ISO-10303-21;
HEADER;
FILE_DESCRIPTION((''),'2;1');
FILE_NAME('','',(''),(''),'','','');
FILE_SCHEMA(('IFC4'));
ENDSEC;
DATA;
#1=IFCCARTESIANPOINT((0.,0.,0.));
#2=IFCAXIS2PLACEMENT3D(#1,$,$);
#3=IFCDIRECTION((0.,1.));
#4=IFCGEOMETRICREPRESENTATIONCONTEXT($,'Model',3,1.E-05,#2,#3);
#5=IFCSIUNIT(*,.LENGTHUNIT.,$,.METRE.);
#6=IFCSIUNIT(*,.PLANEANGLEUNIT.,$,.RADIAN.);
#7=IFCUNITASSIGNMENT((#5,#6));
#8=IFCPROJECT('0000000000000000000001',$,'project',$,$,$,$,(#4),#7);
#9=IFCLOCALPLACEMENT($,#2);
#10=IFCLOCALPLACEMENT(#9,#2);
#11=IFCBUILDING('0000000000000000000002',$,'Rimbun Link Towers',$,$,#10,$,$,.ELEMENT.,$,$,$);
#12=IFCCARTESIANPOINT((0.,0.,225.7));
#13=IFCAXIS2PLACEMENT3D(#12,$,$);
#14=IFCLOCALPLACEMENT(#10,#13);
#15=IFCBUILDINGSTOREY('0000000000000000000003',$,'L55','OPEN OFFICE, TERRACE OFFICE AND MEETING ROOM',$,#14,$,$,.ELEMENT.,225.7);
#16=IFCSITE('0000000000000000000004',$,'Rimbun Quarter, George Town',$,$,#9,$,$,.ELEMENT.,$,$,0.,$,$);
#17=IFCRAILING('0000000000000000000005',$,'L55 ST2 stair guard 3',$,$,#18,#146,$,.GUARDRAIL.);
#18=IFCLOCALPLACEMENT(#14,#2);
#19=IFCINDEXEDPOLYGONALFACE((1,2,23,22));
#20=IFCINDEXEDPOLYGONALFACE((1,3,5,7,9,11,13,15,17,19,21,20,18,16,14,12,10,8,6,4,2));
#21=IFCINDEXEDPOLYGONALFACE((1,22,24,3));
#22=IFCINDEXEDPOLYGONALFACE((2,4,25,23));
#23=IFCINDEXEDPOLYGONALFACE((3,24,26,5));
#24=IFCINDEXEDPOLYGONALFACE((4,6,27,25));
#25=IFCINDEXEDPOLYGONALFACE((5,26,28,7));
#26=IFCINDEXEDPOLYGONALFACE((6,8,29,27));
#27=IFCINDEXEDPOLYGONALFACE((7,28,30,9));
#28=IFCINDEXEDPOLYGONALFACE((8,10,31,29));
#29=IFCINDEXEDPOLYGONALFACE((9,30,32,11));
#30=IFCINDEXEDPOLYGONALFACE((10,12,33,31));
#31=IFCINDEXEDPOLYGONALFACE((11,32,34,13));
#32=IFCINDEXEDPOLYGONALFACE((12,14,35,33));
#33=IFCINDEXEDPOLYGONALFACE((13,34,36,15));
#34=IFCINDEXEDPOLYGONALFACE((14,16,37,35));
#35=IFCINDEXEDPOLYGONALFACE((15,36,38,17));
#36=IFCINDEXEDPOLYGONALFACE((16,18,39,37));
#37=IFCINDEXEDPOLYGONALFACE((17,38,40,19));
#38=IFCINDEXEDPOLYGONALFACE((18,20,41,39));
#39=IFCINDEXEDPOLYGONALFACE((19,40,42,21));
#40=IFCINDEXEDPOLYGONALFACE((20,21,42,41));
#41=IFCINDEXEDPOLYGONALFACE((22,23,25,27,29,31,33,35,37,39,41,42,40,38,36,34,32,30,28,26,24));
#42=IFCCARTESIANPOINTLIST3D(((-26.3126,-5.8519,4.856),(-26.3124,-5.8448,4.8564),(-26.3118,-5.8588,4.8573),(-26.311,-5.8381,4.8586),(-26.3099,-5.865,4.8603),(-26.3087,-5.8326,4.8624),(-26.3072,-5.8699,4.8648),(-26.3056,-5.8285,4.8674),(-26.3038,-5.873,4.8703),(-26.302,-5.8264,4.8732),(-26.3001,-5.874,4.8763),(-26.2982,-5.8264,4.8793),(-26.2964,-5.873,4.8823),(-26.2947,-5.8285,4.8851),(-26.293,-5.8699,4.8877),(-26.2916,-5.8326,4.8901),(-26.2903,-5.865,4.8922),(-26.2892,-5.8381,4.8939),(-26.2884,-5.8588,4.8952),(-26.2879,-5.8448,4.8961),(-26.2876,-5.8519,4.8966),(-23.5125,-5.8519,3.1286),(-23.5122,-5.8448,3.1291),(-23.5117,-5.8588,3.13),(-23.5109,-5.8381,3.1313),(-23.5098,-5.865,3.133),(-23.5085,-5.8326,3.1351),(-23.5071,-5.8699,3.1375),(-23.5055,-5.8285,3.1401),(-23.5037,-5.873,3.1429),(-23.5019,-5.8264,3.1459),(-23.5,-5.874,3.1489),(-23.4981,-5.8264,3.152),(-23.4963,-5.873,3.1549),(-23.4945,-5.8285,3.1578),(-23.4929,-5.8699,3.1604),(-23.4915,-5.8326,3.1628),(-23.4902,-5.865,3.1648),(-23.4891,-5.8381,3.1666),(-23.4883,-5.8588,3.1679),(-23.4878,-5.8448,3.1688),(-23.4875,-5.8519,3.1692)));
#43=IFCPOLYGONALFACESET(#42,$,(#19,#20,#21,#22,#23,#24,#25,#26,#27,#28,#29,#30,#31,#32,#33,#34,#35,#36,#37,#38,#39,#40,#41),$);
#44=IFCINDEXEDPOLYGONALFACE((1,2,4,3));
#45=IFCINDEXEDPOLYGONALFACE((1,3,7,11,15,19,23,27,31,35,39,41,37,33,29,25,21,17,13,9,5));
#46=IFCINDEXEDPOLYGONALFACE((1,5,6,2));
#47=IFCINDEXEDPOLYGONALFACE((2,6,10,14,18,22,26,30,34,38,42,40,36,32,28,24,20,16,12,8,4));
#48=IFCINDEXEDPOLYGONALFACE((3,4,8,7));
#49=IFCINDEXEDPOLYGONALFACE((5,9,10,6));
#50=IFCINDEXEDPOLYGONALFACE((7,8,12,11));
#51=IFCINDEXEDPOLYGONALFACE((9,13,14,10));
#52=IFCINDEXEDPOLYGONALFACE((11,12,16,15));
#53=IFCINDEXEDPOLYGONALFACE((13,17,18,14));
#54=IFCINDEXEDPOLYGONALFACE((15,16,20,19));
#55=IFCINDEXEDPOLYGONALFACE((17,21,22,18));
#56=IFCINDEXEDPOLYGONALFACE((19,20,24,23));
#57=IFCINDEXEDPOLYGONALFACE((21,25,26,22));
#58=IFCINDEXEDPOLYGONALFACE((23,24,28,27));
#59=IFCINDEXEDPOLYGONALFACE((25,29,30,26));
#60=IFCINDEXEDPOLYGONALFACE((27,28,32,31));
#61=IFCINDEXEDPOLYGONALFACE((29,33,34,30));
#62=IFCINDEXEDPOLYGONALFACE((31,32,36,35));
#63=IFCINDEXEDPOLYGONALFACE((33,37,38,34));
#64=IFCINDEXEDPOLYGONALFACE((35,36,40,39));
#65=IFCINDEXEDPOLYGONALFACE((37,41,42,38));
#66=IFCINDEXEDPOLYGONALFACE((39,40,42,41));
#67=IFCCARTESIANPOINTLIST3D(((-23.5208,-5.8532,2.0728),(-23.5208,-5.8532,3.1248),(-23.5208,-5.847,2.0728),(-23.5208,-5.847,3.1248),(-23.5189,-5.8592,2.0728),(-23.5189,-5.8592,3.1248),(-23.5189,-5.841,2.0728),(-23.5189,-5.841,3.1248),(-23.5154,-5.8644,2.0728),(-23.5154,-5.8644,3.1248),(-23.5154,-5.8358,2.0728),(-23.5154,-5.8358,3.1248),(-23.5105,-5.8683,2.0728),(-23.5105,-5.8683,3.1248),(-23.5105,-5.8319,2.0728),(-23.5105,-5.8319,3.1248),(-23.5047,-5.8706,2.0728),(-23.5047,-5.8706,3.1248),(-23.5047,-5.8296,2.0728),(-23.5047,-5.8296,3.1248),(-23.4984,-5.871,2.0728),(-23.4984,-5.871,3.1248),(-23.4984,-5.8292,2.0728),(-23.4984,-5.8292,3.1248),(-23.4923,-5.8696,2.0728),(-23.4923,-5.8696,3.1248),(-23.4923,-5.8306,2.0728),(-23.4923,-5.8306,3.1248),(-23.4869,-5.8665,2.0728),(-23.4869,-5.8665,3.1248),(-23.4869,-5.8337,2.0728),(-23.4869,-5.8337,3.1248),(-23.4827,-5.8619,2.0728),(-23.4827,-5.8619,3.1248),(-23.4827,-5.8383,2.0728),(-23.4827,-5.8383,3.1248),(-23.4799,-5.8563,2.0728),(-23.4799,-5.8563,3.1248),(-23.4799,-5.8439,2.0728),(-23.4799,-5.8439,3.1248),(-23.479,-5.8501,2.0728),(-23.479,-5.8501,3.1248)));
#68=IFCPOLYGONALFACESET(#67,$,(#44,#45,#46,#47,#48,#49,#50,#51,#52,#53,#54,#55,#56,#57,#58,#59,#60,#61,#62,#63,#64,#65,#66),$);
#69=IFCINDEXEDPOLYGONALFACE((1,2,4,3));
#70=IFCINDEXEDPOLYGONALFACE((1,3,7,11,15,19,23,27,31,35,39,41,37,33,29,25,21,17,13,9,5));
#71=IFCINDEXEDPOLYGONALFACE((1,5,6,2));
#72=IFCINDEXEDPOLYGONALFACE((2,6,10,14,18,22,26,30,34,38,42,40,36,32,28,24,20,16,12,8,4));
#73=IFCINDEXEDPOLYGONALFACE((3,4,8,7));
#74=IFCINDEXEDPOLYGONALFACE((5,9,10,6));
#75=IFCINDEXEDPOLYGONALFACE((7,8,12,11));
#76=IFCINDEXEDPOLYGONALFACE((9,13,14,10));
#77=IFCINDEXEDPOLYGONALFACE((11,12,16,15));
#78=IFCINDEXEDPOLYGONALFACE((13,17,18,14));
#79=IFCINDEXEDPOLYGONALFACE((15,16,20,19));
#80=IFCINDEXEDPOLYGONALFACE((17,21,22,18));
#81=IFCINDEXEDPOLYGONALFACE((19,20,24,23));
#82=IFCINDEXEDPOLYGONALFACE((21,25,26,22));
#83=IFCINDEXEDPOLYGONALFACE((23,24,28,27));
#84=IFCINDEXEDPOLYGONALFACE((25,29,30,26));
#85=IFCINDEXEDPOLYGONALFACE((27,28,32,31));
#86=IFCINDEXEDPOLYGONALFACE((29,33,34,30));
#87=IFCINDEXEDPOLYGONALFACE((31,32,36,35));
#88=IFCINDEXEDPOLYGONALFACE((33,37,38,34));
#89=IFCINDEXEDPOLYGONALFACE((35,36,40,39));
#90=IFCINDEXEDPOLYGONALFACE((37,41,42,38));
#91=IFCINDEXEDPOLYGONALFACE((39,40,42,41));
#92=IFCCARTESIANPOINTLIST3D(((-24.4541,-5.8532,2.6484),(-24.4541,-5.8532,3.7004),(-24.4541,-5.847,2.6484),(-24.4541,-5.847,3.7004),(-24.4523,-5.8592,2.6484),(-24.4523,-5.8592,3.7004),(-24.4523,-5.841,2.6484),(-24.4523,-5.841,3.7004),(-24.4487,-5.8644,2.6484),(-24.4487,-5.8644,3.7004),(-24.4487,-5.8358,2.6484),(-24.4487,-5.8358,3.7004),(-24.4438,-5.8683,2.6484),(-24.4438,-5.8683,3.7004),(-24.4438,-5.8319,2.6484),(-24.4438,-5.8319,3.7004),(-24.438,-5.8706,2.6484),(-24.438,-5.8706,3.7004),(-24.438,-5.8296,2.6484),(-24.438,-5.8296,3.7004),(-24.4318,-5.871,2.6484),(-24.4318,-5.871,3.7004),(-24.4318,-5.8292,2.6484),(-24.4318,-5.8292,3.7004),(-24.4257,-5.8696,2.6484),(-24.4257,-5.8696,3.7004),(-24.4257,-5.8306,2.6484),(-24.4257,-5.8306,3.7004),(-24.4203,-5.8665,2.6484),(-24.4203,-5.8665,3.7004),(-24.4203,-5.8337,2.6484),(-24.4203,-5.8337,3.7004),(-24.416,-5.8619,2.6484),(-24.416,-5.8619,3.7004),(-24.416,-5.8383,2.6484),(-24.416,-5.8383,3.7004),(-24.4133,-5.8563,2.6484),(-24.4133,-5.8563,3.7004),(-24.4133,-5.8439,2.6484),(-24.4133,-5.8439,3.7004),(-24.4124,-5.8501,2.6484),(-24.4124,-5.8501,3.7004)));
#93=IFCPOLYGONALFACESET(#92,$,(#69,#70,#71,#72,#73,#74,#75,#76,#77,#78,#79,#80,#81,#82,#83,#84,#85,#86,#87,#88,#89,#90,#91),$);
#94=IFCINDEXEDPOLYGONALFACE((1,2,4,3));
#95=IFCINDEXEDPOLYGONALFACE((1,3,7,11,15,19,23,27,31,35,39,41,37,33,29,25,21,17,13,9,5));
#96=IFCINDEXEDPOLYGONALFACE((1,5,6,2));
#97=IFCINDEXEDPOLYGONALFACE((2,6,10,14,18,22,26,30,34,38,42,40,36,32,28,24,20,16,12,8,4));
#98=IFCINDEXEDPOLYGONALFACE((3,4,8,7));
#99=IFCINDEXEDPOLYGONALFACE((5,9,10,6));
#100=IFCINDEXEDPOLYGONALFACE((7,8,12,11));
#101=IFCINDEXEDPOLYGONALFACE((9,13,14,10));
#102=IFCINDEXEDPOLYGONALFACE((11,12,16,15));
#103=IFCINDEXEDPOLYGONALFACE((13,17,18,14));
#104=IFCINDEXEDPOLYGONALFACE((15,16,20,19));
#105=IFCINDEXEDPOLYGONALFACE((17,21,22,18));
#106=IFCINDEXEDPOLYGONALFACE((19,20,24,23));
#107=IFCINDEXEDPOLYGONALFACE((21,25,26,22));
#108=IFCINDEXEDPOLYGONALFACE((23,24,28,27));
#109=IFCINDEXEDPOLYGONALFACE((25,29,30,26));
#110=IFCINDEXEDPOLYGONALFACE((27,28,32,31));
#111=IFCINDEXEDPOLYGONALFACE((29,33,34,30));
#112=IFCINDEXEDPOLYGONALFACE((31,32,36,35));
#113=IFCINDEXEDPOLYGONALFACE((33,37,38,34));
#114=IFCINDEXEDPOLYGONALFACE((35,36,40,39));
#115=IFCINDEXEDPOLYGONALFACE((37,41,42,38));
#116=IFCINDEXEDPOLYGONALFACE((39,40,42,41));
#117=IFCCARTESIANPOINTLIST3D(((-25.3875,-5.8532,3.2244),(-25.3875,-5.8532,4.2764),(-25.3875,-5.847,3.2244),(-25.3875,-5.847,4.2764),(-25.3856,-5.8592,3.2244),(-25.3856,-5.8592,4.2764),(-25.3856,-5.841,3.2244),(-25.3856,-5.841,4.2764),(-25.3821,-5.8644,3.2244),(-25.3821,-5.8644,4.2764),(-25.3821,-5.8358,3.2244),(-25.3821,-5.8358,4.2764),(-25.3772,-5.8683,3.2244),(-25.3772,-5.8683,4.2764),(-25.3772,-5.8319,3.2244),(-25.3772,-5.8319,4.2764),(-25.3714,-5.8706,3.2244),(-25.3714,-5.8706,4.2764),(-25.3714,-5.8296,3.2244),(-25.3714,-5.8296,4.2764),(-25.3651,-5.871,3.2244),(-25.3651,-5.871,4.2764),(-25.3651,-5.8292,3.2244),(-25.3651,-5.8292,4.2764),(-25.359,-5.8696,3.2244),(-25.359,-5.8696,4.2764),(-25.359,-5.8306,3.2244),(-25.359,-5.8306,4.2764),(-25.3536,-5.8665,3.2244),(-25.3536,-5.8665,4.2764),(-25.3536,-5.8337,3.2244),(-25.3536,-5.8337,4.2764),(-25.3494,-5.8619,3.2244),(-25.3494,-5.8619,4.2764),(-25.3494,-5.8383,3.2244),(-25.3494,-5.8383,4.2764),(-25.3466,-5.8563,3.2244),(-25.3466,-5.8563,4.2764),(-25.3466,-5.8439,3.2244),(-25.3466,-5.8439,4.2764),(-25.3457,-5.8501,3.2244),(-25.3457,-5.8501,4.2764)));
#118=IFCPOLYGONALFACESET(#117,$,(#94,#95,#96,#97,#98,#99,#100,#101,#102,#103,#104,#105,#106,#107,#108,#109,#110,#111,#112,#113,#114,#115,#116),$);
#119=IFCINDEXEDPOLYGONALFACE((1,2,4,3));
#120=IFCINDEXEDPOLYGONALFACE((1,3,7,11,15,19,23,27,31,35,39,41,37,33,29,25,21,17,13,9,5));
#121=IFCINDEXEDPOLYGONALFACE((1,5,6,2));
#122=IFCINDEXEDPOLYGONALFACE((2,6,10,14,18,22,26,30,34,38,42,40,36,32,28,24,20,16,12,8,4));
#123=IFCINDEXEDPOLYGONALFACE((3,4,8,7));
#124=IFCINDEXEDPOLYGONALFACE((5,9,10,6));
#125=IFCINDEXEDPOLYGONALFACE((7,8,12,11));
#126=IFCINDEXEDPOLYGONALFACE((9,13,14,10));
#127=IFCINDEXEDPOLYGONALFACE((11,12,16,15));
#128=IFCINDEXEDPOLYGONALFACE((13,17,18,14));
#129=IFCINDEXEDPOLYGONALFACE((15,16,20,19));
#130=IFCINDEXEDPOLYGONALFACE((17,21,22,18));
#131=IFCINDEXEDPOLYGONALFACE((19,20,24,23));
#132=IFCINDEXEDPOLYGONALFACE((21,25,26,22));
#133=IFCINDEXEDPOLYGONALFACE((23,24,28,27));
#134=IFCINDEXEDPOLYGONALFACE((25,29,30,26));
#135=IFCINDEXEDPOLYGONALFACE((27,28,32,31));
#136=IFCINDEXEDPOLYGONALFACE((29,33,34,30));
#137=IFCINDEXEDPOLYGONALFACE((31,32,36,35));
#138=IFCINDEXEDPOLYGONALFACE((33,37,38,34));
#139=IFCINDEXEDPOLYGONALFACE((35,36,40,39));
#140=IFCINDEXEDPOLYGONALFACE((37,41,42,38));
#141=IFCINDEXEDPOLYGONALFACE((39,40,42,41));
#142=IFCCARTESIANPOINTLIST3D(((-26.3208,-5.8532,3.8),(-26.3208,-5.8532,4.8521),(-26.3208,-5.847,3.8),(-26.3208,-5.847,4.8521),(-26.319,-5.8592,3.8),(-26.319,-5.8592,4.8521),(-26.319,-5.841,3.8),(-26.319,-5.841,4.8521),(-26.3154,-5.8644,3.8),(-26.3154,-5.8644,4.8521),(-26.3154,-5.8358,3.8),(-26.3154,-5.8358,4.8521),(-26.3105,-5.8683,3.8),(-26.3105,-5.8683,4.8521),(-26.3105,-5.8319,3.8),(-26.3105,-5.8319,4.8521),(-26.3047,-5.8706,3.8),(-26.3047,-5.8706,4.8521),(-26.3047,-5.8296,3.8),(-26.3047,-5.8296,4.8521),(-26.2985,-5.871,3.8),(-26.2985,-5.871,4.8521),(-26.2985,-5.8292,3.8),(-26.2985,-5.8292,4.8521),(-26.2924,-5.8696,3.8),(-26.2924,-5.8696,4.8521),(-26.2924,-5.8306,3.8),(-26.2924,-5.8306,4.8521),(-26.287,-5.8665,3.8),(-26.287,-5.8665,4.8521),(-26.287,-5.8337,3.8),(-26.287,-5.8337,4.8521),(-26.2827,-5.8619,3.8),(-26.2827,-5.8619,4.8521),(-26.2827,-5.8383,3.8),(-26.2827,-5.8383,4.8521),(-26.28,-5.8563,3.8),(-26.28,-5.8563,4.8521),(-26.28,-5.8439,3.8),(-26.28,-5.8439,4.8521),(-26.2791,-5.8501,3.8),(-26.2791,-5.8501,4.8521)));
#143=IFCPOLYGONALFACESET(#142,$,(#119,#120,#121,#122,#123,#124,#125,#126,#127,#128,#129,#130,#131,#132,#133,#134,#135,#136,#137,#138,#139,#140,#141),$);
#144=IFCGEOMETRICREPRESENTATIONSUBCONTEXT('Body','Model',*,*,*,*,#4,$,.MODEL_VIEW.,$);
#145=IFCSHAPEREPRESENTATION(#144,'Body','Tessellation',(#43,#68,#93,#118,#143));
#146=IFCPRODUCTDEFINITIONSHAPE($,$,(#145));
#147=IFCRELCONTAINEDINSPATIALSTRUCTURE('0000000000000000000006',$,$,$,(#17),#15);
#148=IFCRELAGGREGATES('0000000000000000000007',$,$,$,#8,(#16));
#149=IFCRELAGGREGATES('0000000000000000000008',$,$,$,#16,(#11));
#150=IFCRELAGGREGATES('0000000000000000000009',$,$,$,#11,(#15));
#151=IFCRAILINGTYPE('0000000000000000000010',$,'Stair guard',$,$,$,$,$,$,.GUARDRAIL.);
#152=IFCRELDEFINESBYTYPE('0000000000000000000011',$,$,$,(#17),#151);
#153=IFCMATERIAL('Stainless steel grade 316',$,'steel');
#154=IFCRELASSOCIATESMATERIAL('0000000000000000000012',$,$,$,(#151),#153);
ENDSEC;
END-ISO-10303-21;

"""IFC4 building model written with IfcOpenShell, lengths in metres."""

from ifc_helpers import new_model, si_unit, direction, frame, origin, origin_2d, place, context, subcontext, project, spatial, circle, extrude, material, type_object, element, save


model = new_model("IFC4")

# Units and contexts
model_context = context("Model", 3, precision=1e-05, world=origin(), true_north=direction((0.0, 1.0)))
body_context = subcontext(model_context, "Body", "Model", "MODEL_VIEW")
ifc_project = project(units=[si_unit("LENGTHUNIT", "METRE"), si_unit("PLANEANGLEUNIT", "RADIAN")], contexts=[model_context])

# Site, building, storey
site_placement = place(None, origin())
site = spatial("IfcSite", under=ifc_project, at=site_placement, Name="Rimbun Quarter, George Town", CompositionType="ELEMENT", RefElevation=0.0)
building_placement = place(site_placement, origin())
building = spatial("IfcBuilding", under=site, at=building_placement, Name="Rimbun Link Towers", CompositionType="ELEMENT")
storey_placement = place(building_placement, frame((0.0, 0.0, 225.7)))
storey = spatial("IfcBuildingStorey", under=building, at=storey_placement, Name="L55", Description="OPEN OFFICE, TERRACE OFFICE AND MEETING ROOM", CompositionType="ELEMENT", Elevation=225.7)

# Railing
ifc_material_1 = material(Name="Stainless steel grade 316", Category="steel")
railing_type_1 = type_object("IfcRailingType", Name="Stair guard", PredefinedType="GUARDRAIL", material=ifc_material_1)
railing_1_placement = place(storey_placement, frame((-23.5, -5.8501, 2.0728)))
element("IfcRailing", 1, at=railing_1_placement, inside=storey, type_object=railing_type_1, Name="L55 ST2 stair guard 3", PredefinedType="GUARDRAIL", context=body_context, shape_type="SweptSolid", body=[
    extrude(circle(Radius=0.0239, at=origin_2d()), frame((0.0, 0.0, 1.0762), z_axis=(-0.85109, 0.0, 0.52502), x_axis=(0.0, -1.0, 0.0)), (0.0, 0.0, 1.0), 3.29),
    extrude(circle(Radius=0.021, at=origin_2d()), origin(), (0.0, 0.0, 1.0), 1.052),
    extrude(circle(Radius=0.021, at=origin_2d()), frame((-0.9333, 0.0, 0.5757)), (0.0, 0.0, 1.0), 1.052),
    extrude(circle(Radius=0.021, at=origin_2d()), frame((-1.8667, 0.0, 1.1516)), (0.0, 0.0, 1.0), 1.052),
    extrude(circle(Radius=0.021, at=origin_2d()), frame((-2.8, 0.0, 1.7273)), (0.0, 0.0, 1.0), 1.052),
])

save(model, "model.ifc")
